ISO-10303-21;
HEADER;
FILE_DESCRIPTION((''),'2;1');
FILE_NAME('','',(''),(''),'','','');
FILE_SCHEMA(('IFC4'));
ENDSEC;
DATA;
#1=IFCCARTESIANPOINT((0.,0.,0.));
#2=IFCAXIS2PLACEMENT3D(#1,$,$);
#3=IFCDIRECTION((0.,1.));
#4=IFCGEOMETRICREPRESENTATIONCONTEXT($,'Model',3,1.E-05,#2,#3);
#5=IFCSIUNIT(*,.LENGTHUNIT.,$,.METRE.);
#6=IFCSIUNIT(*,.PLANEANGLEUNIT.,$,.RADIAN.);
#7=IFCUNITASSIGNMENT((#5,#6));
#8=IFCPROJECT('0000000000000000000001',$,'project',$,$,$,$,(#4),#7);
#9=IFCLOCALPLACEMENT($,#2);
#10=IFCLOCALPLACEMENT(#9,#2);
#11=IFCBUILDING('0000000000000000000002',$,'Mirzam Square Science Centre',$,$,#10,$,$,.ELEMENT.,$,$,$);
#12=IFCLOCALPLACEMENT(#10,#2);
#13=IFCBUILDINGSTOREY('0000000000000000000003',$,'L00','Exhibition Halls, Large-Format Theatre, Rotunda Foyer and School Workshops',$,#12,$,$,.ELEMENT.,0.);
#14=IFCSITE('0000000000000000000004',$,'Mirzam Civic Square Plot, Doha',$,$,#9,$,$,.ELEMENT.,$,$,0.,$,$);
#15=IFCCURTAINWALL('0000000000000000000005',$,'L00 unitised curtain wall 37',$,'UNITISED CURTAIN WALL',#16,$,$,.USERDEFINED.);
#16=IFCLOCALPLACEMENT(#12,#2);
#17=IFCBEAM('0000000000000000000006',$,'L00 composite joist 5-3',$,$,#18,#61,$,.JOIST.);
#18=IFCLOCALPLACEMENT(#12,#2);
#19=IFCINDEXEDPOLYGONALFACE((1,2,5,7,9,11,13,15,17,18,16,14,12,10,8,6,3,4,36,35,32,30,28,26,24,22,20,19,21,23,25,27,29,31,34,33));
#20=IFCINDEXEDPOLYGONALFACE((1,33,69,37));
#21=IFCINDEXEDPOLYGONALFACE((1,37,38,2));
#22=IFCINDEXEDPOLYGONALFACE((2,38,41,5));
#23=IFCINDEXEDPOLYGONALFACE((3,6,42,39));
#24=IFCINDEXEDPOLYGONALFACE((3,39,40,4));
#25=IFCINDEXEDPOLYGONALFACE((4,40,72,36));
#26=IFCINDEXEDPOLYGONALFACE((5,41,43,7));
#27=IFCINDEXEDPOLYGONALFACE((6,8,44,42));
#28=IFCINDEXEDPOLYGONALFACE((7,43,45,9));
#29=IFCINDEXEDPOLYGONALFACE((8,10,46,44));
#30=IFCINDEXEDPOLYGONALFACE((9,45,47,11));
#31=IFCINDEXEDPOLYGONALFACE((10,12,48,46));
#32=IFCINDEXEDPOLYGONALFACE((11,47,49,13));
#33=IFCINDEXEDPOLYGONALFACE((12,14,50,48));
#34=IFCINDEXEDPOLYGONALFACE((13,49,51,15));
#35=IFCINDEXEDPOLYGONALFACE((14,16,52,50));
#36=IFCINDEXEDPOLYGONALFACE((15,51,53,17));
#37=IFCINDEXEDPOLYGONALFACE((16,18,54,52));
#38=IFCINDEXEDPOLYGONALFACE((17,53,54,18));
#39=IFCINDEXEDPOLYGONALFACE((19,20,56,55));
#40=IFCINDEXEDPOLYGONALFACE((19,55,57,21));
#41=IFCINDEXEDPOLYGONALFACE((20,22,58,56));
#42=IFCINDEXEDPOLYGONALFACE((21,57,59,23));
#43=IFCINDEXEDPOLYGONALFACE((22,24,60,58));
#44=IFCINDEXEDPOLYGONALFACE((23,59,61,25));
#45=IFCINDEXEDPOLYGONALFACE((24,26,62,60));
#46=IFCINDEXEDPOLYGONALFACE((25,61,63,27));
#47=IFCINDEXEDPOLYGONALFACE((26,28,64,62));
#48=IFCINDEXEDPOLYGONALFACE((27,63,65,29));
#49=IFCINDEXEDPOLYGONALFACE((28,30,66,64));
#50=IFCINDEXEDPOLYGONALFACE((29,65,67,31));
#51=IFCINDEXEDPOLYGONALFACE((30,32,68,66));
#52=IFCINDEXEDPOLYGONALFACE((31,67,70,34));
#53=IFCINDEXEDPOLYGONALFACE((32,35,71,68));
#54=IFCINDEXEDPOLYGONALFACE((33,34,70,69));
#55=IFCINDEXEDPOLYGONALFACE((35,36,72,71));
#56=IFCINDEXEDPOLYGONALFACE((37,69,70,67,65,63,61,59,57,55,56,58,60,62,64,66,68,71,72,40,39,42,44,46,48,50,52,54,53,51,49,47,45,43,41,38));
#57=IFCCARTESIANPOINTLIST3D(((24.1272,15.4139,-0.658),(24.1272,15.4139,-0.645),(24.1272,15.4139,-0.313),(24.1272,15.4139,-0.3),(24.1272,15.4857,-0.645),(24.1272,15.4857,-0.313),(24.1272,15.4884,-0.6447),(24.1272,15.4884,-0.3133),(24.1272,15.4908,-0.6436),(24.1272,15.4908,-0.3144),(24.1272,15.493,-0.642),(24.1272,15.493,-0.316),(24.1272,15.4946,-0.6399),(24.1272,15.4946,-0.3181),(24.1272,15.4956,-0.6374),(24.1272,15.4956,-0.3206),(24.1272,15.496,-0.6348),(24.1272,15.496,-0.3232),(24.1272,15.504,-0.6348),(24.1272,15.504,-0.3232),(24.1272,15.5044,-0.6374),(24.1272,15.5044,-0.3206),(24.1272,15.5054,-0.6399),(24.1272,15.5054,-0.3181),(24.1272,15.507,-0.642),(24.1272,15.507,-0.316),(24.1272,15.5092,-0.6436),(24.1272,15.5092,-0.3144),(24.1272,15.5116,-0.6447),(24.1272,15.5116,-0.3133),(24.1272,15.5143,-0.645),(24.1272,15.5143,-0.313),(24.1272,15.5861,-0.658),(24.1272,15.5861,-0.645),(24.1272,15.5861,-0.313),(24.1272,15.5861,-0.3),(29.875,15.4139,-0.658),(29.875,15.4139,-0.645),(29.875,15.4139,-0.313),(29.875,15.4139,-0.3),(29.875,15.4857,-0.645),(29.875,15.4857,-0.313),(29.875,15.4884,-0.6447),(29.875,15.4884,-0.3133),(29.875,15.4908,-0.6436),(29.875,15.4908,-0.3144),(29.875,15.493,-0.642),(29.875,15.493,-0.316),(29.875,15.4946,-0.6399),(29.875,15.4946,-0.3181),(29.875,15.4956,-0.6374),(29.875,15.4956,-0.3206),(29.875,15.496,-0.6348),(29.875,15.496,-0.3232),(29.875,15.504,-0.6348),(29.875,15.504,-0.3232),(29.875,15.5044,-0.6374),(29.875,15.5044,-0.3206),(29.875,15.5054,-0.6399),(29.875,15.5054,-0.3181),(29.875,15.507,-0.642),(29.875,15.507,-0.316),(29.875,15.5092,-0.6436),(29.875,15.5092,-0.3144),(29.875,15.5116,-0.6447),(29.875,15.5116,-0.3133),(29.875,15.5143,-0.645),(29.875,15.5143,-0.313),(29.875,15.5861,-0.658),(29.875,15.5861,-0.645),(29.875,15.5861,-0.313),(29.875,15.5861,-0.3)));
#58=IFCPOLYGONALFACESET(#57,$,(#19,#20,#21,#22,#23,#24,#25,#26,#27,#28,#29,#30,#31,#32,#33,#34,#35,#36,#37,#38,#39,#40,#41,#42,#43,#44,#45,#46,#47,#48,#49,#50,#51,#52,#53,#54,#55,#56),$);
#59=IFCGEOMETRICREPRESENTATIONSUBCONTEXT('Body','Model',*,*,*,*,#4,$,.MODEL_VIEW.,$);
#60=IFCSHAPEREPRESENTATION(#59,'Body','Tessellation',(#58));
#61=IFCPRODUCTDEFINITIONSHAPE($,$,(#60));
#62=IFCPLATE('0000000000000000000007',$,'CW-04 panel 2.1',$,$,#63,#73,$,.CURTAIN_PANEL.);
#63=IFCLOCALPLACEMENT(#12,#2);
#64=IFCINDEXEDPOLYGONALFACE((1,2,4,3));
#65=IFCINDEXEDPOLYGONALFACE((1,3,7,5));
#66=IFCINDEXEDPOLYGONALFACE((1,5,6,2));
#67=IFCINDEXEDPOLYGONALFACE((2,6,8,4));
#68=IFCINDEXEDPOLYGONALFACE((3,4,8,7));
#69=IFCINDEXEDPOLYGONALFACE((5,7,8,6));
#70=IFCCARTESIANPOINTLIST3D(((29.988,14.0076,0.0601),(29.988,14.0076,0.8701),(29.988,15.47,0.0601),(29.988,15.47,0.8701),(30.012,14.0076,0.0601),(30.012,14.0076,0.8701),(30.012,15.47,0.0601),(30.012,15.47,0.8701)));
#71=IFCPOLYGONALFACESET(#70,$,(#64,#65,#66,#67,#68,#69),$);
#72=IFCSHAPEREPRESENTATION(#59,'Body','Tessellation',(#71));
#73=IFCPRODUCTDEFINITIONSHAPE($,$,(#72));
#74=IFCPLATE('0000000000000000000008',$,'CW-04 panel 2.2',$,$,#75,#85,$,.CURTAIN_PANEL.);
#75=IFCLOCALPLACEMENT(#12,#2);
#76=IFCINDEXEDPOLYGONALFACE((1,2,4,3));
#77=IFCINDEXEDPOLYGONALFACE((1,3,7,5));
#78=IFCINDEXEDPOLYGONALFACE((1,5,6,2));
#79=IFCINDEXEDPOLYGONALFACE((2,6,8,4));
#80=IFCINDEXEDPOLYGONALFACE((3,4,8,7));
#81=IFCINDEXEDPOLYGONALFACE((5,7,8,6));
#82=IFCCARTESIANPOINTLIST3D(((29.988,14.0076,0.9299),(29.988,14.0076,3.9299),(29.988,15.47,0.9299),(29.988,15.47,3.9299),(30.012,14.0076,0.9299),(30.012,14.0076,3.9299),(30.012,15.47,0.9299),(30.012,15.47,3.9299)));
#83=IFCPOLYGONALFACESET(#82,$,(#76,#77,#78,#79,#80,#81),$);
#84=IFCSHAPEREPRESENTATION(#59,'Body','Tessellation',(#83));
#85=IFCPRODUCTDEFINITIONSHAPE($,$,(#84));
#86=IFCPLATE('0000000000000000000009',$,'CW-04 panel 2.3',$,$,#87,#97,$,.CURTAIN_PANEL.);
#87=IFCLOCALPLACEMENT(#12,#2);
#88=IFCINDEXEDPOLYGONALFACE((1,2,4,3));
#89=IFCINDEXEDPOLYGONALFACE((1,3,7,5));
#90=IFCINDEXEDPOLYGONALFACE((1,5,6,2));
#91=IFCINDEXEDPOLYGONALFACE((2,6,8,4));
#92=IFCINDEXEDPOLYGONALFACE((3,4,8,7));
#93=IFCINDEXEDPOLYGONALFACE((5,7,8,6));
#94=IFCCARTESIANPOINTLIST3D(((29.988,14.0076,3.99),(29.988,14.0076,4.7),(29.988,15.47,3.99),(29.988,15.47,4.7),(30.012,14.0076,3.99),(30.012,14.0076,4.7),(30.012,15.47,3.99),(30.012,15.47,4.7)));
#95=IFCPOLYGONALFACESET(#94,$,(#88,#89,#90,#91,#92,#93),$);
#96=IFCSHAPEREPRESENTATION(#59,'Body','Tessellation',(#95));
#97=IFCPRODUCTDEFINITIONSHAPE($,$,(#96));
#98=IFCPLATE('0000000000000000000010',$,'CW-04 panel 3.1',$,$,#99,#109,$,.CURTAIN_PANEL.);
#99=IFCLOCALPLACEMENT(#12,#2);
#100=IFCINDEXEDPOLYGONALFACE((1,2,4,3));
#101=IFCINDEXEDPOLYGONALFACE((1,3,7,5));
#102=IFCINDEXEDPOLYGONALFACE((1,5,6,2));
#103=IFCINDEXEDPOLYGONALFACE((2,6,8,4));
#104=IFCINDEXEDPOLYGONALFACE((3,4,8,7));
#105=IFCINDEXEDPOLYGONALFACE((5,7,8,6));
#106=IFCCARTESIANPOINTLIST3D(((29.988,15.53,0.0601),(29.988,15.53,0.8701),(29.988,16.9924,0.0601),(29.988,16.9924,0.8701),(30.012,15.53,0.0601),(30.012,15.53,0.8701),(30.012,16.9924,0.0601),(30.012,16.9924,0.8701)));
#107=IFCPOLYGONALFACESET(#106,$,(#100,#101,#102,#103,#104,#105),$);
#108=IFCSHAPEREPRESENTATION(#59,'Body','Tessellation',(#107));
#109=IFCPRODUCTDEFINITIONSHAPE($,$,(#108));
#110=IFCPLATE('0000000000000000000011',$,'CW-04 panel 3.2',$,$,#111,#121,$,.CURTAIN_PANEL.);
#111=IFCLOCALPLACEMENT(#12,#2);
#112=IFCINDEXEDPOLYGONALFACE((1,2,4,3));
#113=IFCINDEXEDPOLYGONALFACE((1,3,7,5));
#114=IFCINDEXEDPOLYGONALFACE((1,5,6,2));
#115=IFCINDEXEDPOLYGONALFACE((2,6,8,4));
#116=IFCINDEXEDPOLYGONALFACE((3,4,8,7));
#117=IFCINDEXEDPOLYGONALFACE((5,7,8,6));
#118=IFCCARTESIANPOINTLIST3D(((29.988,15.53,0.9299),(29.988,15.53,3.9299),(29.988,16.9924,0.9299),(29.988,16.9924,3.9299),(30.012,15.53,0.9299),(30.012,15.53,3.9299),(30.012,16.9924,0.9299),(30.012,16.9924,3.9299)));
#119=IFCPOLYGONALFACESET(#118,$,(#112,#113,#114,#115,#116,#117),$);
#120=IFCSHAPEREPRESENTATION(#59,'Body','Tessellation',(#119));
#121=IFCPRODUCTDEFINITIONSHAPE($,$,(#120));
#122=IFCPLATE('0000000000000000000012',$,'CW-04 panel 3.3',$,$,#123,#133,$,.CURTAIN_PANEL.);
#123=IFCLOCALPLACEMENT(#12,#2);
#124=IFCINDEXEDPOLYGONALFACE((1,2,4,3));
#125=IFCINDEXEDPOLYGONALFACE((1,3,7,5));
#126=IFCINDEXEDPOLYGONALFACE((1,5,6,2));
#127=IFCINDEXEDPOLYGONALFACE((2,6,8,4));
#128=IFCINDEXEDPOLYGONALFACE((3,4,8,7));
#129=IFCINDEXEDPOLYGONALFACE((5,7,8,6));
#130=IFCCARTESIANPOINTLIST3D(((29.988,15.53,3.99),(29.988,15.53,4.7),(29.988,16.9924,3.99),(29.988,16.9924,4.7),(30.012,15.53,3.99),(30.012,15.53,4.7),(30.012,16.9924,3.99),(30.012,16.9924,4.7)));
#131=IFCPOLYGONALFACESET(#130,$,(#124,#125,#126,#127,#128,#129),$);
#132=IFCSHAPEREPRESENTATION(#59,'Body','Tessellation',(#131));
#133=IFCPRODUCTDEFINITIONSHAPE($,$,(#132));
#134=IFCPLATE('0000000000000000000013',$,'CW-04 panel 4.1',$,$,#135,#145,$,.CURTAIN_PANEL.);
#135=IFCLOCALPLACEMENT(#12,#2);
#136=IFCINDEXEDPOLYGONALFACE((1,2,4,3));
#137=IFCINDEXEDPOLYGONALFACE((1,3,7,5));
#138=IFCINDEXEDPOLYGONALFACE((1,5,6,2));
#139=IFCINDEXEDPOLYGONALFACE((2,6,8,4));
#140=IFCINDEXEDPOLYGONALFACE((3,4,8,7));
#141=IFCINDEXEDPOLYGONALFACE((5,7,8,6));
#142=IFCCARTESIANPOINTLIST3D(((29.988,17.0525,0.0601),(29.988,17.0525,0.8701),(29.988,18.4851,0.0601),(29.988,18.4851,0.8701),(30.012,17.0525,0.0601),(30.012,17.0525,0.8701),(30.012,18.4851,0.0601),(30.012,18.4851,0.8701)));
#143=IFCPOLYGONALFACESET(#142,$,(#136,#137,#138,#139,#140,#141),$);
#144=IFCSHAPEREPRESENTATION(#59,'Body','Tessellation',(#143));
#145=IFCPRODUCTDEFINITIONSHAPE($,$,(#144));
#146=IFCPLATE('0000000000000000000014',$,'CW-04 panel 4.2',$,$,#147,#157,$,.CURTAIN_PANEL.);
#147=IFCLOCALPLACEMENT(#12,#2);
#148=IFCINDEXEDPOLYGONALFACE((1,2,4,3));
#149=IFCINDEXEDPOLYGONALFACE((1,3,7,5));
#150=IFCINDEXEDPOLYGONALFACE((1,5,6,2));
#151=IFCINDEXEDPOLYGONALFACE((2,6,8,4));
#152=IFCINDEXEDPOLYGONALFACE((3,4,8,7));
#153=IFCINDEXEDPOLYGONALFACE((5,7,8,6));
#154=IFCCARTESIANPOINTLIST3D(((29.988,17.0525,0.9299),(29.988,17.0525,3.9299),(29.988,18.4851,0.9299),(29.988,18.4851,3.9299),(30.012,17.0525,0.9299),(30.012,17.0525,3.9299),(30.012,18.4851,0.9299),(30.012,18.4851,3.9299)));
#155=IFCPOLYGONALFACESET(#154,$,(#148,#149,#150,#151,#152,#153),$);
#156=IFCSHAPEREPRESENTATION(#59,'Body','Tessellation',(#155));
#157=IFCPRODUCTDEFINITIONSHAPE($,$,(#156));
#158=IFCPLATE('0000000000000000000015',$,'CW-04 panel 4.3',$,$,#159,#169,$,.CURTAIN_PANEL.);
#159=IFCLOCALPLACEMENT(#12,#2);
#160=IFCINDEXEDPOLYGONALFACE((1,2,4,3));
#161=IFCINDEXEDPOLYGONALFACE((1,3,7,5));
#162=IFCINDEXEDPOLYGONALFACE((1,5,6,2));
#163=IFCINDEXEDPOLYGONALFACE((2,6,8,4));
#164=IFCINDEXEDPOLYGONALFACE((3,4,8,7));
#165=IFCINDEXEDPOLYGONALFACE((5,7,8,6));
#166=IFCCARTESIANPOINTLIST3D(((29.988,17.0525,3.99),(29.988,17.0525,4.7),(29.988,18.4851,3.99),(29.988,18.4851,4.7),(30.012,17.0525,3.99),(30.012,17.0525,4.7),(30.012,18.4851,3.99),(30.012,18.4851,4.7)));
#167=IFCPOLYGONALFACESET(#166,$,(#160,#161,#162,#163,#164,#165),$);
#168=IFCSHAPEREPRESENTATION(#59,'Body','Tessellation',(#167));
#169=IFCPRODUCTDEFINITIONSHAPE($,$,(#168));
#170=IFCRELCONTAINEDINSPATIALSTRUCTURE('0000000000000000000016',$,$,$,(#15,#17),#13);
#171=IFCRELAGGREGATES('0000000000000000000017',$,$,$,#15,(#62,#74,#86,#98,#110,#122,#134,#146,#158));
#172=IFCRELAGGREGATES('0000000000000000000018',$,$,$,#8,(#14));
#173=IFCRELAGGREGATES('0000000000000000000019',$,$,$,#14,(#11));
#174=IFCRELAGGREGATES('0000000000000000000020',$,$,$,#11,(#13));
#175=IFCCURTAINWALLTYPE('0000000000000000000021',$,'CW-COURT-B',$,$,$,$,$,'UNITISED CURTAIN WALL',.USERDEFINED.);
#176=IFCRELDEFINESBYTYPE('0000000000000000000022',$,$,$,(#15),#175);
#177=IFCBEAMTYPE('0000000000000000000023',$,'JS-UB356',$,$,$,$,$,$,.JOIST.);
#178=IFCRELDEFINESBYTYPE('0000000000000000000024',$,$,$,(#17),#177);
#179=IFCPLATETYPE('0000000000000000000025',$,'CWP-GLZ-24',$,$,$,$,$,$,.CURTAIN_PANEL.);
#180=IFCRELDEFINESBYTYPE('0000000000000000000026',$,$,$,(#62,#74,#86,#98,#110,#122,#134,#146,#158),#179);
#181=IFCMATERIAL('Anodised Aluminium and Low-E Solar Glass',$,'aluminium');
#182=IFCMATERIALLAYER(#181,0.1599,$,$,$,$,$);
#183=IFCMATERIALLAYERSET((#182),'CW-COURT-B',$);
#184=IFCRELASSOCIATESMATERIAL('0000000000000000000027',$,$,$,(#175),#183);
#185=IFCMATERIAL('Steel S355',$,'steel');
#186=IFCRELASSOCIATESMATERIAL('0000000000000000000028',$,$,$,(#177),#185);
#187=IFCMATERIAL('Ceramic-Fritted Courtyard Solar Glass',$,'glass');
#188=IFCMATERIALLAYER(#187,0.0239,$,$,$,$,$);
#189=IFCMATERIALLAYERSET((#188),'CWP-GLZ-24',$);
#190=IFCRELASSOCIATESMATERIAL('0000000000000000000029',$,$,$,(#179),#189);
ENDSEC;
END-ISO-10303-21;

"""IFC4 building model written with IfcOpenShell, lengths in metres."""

from ifc_helpers import new_model, si_unit, direction, frame, origin, origin_2d, place, context, subcontext, project, spatial, rectangle, i_section, extrude, material, layer, layer_set, material_profile, profile_set, type_object, element, aggregate, save


model = new_model("IFC4")

# Units and contexts
model_context = context("Model", 3, precision=1e-05, world=origin(), true_north=direction((0.0, 1.0)))
body_context = subcontext(model_context, "Body", "Model", "MODEL_VIEW")
ifc_project = project(units=[si_unit("LENGTHUNIT", "METRE"), si_unit("PLANEANGLEUNIT", "RADIAN")], contexts=[model_context])

# Site, building, storey
site_placement = place(None, origin())
site = spatial("IfcSite", under=ifc_project, at=site_placement, Name="Mirzam Civic Square Plot, Doha", CompositionType="ELEMENT", RefElevation=0.0)
building_placement = place(site_placement, origin())
building = spatial("IfcBuilding", under=site, at=building_placement, Name="Mirzam Square Science Centre", CompositionType="ELEMENT")
storey_placement = place(building_placement, origin())
storey = spatial("IfcBuildingStorey", under=building, at=storey_placement, Name="L00", Description="Exhibition Halls, Large-Format Theatre, Rotunda Foyer and School Workshops", CompositionType="ELEMENT", Elevation=0.0)

# Curtain wall
ifc_material_1 = material(Name="Anodised Aluminium and Low-E Solar Glass", Category="aluminium")
ifc_layer_1 = layer(ifc_material_1, 0.1599)
ifc_layer_set_1 = layer_set([ifc_layer_1], Name="CW-COURT-B")
curtain_wall_type = type_object("IfcCurtainWallType", Name="CW-COURT-B", ElementType="UNITISED CURTAIN WALL", PredefinedType="USERDEFINED", material=ifc_layer_set_1)
curtain_wall_placement = place(storey_placement, origin())
curtain_wall = element("IfcCurtainWall", 1, at=curtain_wall_placement, inside=storey, type_object=curtain_wall_type, Name="L00 unitised curtain wall 37", ObjectType="UNITISED CURTAIN WALL", PredefinedType="USERDEFINED")

# Beam
ifc_material_2 = material(Name="Steel S355", Category="steel")
ifc_material_profile_1 = material_profile(ifc_material_2, i_section(OverallWidth=0.1721, OverallDepth=0.3579, WebThickness=0.0081, FlangeThickness=0.0129, FilletRadius=0.0103, at=origin_2d()), Name="356x171x57UB")
ifc_profile_set_1 = profile_set([ifc_material_profile_1], Name="Steel S355")
beam_type = type_object("IfcBeamType", Name="JS-UB356", PredefinedType="JOIST", material=ifc_profile_set_1)
beam_placement = place(storey_placement, frame((24.1272, 15.5, -0.479), z_axis=(1.0, 0.0, 0.0), x_axis=(0.0, 1.0, 0.0)))
element("IfcBeam", 2, at=beam_placement, inside=storey, type_object=beam_type, Name="L00 composite joist 5-3", PredefinedType="JOIST", context=body_context, shape_type="SweptSolid", body=[
    extrude(i_section(OverallWidth=0.1721, OverallDepth=0.3579, WebThickness=0.0081, FlangeThickness=0.0129, FilletRadius=0.0103, at=origin_2d()), origin(), (0.0, 0.0, 1.0), 5.7478),
])

# Plates
ifc_material_3 = material(Name="Ceramic-Fritted Courtyard Solar Glass", Category="glass")
ifc_layer_2 = layer(ifc_material_3, 0.0239)
ifc_layer_set_2 = layer_set([ifc_layer_2], Name="CWP-GLZ-24")
plate_type = type_object("IfcPlateType", Name="CWP-GLZ-24", PredefinedType="CURTAIN_PANEL", material=ifc_layer_set_2)
plate_1_placement = place(storey_placement, frame((30.0, 14.7388, 0.0601), z_axis=(0.0, 0.0, 1.0), x_axis=(0.0, 1.0, 0.0)))
plate_1 = element("IfcPlate", 3, at=plate_1_placement, type_object=plate_type, Name="CW-04 panel 2.1", PredefinedType="CURTAIN_PANEL", context=body_context, shape_type="SweptSolid", body=[
    extrude(rectangle(XDim=1.4624, YDim=0.0239, at=origin_2d()), origin(), (0.0, 0.0, 1.0), 0.8101),
])
plate_2_placement = place(storey_placement, frame((30.0, 14.7388, 0.9299), z_axis=(0.0, 0.0, 1.0), x_axis=(0.0, 1.0, 0.0)))
plate_2 = element("IfcPlate", 4, at=plate_2_placement, type_object=plate_type, Name="CW-04 panel 2.2", PredefinedType="CURTAIN_PANEL", context=body_context, shape_type="SweptSolid", body=[
    extrude(rectangle(XDim=1.4624, YDim=0.0239, at=origin_2d()), origin(), (0.0, 0.0, 1.0), 3.0),
])
plate_3_placement = place(storey_placement, frame((30.0, 14.7388, 3.99), z_axis=(0.0, 0.0, 1.0), x_axis=(0.0, 1.0, 0.0)))
plate_3 = element("IfcPlate", 5, at=plate_3_placement, type_object=plate_type, Name="CW-04 panel 2.3", PredefinedType="CURTAIN_PANEL", context=body_context, shape_type="SweptSolid", body=[
    extrude(rectangle(XDim=1.4624, YDim=0.0239, at=origin_2d()), origin(), (0.0, 0.0, 1.0), 0.71),
])
plate_4_placement = place(storey_placement, frame((30.0, 16.2612, 0.0601), z_axis=(0.0, 0.0, 1.0), x_axis=(0.0, 1.0, 0.0)))
plate_4 = element("IfcPlate", 6, at=plate_4_placement, type_object=plate_type, Name="CW-04 panel 3.1", PredefinedType="CURTAIN_PANEL", context=body_context, shape_type="SweptSolid", body=[
    extrude(rectangle(XDim=1.4624, YDim=0.0239, at=origin_2d()), origin(), (0.0, 0.0, 1.0), 0.8101),
])
plate_5_placement = place(storey_placement, frame((30.0, 16.2612, 0.9299), z_axis=(0.0, 0.0, 1.0), x_axis=(0.0, 1.0, 0.0)))
plate_5 = element("IfcPlate", 7, at=plate_5_placement, type_object=plate_type, Name="CW-04 panel 3.2", PredefinedType="CURTAIN_PANEL", context=body_context, shape_type="SweptSolid", body=[
    extrude(rectangle(XDim=1.4624, YDim=0.0239, at=origin_2d()), origin(), (0.0, 0.0, 1.0), 3.0),
])
plate_6_placement = place(storey_placement, frame((30.0, 16.2612, 3.99), z_axis=(0.0, 0.0, 1.0), x_axis=(0.0, 1.0, 0.0)))
plate_6 = element("IfcPlate", 8, at=plate_6_placement, type_object=plate_type, Name="CW-04 panel 3.3", PredefinedType="CURTAIN_PANEL", context=body_context, shape_type="SweptSolid", body=[
    extrude(rectangle(XDim=1.4624, YDim=0.0239, at=origin_2d()), origin(), (0.0, 0.0, 1.0), 0.71),
])
plate_7_placement = place(storey_placement, frame((30.0, 17.7688, 0.0601), z_axis=(0.0, 0.0, 1.0), x_axis=(0.0, 1.0, 0.0)))
plate_7 = element("IfcPlate", 9, at=plate_7_placement, type_object=plate_type, Name="CW-04 panel 4.1", PredefinedType="CURTAIN_PANEL", context=body_context, shape_type="SweptSolid", body=[
    extrude(rectangle(XDim=1.4326, YDim=0.0239, at=origin_2d()), origin(), (0.0, 0.0, 1.0), 0.8101),
])
plate_8_placement = place(storey_placement, frame((30.0, 17.7688, 0.9299), z_axis=(0.0, 0.0, 1.0), x_axis=(0.0, 1.0, 0.0)))
plate_8 = element("IfcPlate", 10, at=plate_8_placement, type_object=plate_type, Name="CW-04 panel 4.2", PredefinedType="CURTAIN_PANEL", context=body_context, shape_type="SweptSolid", body=[
    extrude(rectangle(XDim=1.4326, YDim=0.0239, at=origin_2d()), origin(), (0.0, 0.0, 1.0), 3.0),
])
plate_9_placement = place(storey_placement, frame((30.0, 17.7688, 3.99), z_axis=(0.0, 0.0, 1.0), x_axis=(0.0, 1.0, 0.0)))
plate_9 = element("IfcPlate", 11, at=plate_9_placement, type_object=plate_type, Name="CW-04 panel 4.3", PredefinedType="CURTAIN_PANEL", context=body_context, shape_type="SweptSolid", body=[
    extrude(rectangle(XDim=1.4326, YDim=0.0239, at=origin_2d()), origin(), (0.0, 0.0, 1.0), 0.71),
])
aggregate(curtain_wall, [plate_1, plate_2, plate_3, plate_4, plate_5, plate_6, plate_7, plate_8, plate_9])

save(model, "model.ifc")
